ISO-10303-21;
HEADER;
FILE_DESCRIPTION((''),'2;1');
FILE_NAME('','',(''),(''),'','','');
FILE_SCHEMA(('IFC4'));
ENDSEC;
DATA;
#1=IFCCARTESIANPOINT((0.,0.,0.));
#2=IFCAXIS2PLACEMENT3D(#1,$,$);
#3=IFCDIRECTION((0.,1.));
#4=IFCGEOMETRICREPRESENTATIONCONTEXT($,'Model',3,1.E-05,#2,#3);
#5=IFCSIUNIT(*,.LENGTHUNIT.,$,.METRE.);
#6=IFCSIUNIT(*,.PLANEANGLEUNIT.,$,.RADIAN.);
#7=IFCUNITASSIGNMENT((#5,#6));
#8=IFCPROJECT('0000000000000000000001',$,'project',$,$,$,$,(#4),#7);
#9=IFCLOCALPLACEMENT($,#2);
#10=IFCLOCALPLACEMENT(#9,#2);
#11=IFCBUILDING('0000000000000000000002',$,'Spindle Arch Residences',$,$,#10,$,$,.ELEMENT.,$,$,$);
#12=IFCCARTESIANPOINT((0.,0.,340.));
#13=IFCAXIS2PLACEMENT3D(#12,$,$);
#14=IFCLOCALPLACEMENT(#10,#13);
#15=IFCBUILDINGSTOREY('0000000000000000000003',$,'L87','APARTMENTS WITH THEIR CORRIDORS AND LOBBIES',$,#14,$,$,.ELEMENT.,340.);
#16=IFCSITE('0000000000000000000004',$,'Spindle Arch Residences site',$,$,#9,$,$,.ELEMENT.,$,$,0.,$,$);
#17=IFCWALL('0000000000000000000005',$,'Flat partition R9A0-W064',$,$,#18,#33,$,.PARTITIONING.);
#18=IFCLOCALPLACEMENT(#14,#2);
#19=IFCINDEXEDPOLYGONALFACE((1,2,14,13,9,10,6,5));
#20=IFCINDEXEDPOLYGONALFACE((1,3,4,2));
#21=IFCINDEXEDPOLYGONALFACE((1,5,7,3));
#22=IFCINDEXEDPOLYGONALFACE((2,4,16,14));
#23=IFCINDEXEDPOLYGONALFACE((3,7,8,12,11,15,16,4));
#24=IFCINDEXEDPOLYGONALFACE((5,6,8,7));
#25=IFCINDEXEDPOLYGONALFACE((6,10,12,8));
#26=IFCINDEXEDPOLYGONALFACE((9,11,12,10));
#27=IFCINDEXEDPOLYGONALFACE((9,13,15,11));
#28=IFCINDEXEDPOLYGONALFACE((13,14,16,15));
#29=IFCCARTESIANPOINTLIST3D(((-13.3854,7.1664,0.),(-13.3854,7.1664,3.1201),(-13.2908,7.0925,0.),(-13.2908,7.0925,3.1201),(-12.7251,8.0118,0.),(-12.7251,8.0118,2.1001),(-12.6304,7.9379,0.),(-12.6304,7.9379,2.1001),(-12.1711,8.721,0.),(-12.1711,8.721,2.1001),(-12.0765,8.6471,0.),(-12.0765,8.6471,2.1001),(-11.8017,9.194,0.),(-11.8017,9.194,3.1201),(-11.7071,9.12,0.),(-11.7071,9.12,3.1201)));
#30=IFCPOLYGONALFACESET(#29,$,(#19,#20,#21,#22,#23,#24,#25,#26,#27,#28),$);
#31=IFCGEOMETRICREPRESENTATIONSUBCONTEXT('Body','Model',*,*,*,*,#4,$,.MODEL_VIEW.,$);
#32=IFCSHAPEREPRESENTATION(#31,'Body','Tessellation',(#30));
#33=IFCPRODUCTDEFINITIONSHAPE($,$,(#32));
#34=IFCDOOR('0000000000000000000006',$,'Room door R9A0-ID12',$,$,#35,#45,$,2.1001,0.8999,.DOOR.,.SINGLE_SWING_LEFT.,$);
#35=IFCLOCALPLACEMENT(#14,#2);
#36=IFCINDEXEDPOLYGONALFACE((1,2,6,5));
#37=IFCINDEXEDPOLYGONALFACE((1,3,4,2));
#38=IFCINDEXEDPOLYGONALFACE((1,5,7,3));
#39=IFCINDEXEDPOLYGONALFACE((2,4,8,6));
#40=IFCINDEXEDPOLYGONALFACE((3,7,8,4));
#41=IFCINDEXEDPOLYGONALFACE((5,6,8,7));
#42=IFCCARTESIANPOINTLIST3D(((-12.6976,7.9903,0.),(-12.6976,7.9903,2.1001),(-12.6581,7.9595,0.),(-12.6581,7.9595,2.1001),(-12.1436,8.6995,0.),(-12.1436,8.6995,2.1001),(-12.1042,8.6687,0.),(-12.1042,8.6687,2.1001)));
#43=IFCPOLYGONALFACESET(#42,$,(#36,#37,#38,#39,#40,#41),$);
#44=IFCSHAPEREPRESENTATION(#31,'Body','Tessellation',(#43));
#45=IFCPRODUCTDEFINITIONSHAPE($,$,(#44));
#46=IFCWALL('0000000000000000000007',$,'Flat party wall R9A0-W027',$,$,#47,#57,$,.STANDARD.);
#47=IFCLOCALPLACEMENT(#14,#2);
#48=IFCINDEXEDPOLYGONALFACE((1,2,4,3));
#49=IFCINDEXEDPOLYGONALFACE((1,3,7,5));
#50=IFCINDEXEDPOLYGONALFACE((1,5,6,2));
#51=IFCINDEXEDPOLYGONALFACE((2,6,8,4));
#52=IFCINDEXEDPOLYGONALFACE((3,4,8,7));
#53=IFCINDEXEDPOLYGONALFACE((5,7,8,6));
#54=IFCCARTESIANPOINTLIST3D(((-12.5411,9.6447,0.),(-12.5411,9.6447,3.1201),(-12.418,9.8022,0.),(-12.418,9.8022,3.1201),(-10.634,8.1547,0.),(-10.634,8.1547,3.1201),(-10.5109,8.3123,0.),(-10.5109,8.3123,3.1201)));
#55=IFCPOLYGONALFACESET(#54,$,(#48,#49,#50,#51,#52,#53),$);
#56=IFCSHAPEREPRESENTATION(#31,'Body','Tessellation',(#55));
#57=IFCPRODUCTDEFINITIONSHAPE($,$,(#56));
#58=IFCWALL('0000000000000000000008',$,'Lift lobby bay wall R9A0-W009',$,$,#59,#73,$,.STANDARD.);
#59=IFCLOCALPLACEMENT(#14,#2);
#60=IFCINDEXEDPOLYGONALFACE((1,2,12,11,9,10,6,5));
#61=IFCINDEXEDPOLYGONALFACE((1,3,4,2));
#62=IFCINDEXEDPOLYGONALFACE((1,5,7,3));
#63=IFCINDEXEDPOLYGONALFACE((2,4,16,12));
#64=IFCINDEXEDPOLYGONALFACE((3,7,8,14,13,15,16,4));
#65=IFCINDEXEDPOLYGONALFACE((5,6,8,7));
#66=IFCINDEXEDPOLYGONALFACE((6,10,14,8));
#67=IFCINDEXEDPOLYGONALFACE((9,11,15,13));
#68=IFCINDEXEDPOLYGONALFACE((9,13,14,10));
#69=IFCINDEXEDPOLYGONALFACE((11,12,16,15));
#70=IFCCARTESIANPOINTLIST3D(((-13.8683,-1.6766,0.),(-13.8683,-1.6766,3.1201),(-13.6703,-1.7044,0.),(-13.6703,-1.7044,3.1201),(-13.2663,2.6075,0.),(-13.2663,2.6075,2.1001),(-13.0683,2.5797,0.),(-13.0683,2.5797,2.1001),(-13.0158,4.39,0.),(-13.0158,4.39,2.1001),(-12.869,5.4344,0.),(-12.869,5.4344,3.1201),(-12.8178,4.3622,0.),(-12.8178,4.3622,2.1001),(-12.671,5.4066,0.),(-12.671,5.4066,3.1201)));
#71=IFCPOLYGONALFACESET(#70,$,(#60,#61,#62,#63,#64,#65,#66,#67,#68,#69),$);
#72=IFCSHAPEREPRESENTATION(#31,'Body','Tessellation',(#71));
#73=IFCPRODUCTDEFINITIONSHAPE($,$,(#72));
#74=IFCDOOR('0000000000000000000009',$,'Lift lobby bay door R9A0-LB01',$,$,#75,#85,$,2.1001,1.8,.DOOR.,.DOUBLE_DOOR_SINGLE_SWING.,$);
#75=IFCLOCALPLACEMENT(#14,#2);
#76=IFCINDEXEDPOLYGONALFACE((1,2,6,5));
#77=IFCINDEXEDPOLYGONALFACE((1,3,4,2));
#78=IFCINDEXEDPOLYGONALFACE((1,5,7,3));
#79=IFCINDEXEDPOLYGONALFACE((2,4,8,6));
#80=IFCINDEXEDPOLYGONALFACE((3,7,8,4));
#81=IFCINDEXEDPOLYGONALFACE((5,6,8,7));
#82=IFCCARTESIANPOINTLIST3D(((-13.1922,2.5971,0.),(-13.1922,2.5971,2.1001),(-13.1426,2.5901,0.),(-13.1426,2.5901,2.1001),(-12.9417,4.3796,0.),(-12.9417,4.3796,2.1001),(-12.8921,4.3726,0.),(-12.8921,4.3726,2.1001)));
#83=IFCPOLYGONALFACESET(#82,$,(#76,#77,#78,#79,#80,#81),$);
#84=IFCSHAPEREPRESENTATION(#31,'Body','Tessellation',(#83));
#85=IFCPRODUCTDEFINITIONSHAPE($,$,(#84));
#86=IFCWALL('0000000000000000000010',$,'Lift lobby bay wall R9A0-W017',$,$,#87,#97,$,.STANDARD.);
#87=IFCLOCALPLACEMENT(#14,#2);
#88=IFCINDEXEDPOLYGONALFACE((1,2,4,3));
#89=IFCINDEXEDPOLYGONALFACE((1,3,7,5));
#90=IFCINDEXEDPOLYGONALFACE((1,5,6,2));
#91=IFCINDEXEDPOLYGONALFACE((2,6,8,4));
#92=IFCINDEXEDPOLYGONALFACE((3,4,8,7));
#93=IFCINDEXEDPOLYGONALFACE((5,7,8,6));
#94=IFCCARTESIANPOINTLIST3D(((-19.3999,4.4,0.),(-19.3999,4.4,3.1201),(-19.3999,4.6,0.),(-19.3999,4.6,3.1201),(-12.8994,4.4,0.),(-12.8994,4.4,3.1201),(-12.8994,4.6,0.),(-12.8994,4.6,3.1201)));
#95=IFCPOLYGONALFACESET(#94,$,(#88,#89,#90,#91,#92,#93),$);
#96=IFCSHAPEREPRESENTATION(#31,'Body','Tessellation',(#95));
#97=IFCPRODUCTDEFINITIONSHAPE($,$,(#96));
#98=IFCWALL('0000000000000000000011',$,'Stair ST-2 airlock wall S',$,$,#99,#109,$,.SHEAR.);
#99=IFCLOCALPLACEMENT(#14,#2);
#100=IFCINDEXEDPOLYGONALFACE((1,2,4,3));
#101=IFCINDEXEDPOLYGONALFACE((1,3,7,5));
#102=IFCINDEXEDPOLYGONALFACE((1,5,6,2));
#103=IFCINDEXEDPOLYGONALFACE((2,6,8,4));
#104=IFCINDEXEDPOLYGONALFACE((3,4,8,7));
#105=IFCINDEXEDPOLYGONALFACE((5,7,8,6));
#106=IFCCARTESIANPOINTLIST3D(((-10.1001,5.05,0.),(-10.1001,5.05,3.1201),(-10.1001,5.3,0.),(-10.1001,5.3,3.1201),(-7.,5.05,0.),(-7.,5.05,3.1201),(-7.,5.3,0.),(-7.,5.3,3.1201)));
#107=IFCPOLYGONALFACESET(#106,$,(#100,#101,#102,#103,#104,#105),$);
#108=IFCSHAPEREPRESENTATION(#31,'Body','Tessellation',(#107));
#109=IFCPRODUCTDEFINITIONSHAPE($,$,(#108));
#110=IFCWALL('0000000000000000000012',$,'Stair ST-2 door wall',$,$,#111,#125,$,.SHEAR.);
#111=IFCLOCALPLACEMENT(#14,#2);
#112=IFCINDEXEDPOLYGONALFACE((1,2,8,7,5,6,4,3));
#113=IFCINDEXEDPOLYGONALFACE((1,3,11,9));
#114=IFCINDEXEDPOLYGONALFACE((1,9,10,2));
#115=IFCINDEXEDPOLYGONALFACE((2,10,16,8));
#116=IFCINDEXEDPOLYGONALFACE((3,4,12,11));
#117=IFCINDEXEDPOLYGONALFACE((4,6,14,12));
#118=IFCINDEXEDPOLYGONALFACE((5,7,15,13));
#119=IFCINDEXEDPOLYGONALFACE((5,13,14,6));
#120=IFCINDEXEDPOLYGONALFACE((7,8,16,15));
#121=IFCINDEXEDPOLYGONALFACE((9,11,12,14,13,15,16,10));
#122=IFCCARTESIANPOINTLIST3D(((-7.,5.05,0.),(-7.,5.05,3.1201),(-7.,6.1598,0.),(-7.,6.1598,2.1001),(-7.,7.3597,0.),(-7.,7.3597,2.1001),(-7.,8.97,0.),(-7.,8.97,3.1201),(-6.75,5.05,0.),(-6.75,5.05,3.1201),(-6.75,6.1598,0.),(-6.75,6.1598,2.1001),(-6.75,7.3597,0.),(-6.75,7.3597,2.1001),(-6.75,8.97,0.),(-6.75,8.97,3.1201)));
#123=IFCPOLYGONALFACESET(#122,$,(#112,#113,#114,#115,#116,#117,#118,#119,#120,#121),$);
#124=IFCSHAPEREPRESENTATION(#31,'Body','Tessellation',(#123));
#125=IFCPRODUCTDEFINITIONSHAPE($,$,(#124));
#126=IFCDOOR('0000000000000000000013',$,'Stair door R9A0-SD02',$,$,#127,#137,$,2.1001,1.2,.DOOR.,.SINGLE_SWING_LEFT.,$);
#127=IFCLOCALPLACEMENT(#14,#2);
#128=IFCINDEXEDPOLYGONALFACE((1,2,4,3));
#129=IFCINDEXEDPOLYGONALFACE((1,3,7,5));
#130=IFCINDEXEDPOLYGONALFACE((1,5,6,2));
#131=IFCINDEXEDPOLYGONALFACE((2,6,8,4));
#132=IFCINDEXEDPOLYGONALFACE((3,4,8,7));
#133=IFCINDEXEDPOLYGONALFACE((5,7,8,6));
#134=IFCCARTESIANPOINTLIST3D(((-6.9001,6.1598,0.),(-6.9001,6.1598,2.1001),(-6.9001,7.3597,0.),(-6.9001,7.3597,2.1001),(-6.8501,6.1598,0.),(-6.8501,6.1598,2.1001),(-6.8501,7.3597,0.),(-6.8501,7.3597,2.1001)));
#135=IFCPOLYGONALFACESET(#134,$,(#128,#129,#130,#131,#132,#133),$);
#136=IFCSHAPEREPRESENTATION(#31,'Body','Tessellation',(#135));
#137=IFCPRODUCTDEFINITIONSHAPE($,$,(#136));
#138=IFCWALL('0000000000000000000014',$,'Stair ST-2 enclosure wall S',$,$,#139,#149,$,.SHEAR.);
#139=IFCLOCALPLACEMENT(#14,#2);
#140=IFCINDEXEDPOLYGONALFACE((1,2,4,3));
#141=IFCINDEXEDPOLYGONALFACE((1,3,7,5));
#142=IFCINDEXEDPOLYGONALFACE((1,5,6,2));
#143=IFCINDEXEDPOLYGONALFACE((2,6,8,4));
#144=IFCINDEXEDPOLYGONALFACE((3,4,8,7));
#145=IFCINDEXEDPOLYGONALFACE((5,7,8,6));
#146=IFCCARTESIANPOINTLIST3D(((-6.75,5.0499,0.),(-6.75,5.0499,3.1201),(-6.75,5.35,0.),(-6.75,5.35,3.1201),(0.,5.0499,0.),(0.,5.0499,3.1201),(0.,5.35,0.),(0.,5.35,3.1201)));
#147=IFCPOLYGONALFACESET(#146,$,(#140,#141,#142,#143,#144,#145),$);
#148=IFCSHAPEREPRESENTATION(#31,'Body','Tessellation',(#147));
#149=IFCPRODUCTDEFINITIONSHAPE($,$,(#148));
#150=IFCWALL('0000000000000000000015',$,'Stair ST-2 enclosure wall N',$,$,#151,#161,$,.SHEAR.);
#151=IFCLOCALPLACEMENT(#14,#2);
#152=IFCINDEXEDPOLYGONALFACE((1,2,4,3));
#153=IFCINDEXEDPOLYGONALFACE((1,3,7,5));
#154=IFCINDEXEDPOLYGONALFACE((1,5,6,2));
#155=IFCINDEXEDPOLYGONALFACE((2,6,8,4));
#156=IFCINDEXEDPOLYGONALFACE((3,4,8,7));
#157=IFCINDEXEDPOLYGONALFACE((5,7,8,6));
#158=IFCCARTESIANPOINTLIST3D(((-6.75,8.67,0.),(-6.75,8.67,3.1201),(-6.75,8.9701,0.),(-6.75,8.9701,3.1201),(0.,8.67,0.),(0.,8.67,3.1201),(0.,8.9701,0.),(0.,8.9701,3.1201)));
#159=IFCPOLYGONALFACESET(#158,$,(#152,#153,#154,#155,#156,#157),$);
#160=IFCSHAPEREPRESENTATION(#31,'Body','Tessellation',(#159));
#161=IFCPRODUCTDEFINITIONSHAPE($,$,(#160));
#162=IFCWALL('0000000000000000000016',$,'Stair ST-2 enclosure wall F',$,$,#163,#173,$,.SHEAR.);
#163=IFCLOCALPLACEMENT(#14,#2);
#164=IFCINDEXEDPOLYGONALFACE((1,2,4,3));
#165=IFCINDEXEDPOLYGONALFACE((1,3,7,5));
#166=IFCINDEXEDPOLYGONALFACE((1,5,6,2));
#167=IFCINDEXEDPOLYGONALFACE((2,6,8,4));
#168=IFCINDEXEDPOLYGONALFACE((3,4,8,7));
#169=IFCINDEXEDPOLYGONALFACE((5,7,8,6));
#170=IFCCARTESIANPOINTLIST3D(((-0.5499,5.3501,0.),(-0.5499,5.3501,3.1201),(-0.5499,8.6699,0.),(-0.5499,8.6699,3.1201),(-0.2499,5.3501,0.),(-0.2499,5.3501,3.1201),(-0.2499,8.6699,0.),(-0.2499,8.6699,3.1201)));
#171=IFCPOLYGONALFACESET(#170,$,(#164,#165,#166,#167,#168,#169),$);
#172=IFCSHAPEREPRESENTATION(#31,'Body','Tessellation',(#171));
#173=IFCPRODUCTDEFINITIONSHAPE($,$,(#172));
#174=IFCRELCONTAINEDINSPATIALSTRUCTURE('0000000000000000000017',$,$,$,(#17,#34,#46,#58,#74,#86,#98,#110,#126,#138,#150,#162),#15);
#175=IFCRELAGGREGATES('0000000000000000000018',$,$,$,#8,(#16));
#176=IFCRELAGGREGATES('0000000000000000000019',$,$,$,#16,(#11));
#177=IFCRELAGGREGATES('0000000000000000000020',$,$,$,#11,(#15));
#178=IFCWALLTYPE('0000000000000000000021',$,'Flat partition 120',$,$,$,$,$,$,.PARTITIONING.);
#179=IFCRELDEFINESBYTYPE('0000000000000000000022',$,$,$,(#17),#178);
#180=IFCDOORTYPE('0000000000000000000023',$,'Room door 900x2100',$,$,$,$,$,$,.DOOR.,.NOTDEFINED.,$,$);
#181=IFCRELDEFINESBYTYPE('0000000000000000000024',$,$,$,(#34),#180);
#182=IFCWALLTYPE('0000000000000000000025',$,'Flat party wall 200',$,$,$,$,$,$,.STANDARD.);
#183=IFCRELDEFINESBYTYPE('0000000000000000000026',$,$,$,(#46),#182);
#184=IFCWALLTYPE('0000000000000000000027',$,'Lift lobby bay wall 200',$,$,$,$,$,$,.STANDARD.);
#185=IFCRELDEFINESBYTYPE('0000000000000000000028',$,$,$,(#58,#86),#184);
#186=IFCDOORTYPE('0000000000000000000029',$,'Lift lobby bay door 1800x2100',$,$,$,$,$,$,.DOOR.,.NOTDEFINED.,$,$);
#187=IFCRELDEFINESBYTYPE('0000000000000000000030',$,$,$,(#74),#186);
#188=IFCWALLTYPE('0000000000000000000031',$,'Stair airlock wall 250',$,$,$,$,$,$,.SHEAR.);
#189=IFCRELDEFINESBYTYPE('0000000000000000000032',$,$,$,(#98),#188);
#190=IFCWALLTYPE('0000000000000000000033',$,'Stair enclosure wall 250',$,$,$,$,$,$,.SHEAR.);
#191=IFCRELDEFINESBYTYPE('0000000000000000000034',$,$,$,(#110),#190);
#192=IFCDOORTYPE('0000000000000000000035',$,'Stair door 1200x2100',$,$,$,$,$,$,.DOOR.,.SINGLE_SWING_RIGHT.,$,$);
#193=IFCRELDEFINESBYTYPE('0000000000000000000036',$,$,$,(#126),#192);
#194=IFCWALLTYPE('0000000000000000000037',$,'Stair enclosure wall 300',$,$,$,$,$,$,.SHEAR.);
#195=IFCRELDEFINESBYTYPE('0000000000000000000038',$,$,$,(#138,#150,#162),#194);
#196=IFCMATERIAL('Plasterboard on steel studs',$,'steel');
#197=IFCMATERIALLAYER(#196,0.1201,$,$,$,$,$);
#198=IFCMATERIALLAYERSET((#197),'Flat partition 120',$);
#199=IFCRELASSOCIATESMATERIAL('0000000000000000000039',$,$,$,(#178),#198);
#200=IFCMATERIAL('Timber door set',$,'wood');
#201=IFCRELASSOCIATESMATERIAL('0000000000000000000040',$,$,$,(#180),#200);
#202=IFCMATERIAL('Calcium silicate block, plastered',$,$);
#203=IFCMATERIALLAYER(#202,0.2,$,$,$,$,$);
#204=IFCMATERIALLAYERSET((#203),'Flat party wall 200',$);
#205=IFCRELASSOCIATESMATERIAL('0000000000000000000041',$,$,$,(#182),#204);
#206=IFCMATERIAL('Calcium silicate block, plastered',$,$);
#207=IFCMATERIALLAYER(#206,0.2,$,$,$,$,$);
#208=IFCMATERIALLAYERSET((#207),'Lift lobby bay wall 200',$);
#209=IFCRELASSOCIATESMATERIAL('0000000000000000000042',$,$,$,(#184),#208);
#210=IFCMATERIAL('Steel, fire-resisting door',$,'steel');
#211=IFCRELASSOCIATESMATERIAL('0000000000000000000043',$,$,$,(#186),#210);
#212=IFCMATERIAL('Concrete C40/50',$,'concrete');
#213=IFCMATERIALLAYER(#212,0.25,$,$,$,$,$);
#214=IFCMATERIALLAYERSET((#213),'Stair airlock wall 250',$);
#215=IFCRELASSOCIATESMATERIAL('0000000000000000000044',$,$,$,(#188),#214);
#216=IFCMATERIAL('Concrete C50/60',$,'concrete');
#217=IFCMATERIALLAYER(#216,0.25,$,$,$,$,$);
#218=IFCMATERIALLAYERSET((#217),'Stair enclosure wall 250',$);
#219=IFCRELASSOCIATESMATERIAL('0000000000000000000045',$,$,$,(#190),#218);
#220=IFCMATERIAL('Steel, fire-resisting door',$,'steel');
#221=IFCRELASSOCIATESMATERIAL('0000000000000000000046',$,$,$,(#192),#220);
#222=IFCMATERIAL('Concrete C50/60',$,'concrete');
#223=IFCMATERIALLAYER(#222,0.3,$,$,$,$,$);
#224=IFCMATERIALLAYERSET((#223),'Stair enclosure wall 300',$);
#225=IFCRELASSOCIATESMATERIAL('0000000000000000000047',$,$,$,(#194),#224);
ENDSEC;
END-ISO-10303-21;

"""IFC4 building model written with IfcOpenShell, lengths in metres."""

from ifc_helpers import new_model, si_unit, direction, frame, frame_2d, origin, place, context, subcontext, project, spatial, rectangle, extrude, material, layer, layer_set, type_object, element, fill, save


model = new_model("IFC4")

# Units and contexts
model_context = context("Model", 3, precision=1e-05, world=origin(), true_north=direction((0.0, 1.0)))
body_context = subcontext(model_context, "Body", "Model", "MODEL_VIEW")
ifc_project = project(units=[si_unit("LENGTHUNIT", "METRE"), si_unit("PLANEANGLEUNIT", "RADIAN")], contexts=[model_context])

# Site, building, storey
site_placement = place(None, origin())
site = spatial("IfcSite", under=ifc_project, at=site_placement, Name="Spindle Arch Residences site", CompositionType="ELEMENT", RefElevation=0.0)
building_placement = place(site_placement, origin())
building = spatial("IfcBuilding", under=site, at=building_placement, Name="Spindle Arch Residences", CompositionType="ELEMENT")
storey_placement = place(building_placement, frame((0.0, 0.0, 340.0)))
storey = spatial("IfcBuildingStorey", under=building, at=storey_placement, Name="L87", Description="APARTMENTS WITH THEIR CORRIDORS AND LOBBIES", CompositionType="ELEMENT", Elevation=340.0)

# Shared definitions
ifc_material_1 = material(Name="Plasterboard on steel studs", Category="steel")
ifc_layer_1 = layer(ifc_material_1, 0.1201)
ifc_layer_set_1 = layer_set([ifc_layer_1], Name="Flat partition 120")
wall_type_1 = type_object("IfcWallType", Name="Flat partition 120", PredefinedType="PARTITIONING", material=ifc_layer_set_1)

# Wall, opening, door
wall_1_placement = place(storey_placement, frame((-11.7544, 9.157, 0.0), z_axis=(0.0, 0.0, 1.0), x_axis=(-0.615569, -0.788083, 0.0)))
wall_1 = element("IfcWall", 1, at=wall_1_placement, inside=storey, type_object=wall_type_1, Name="Flat partition R9A0-W064", PredefinedType="PARTITIONING", context=body_context, shape_type="SweptSolid", body=[
    extrude(rectangle(XDim=2.5728, YDim=0.1201, at=frame_2d((1.2864, 0.0))), origin(), (0.0, 0.0, 1.0), 3.1201),
])
opening_1_placement = place(wall_1_placement, frame((0.6001, 0.0, 0.0)))
opening_1 = element("IfcOpeningElement", 2, at=opening_1_placement, cuts=wall_1, PredefinedType="OPENING", context=body_context, shape_type="SweptSolid", body=[
    extrude(rectangle(XDim=0.8999, YDim=2.1001, at=frame_2d((0.45, 1.05))), frame((0.0, 0.0701, 0.0), z_axis=(0.0, -1.0, 0.0), x_axis=(1.0, 0.0, 0.0)), (0.0, 0.0, 1.0), 0.1401),
])
ifc_material_2 = material(Name="Timber door set", Category="wood")
door_type_1 = type_object("IfcDoorType", Name="Room door 900x2100", OperationType="NOTDEFINED", PredefinedType="DOOR", material=ifc_material_2)
door_1_placement = place(opening_1_placement, origin())
door_1 = element("IfcDoor", 3, at=door_1_placement, inside=storey, type_object=door_type_1, Name="Room door R9A0-ID12", OperationType="SINGLE_SWING_LEFT", OverallHeight=2.1001, OverallWidth=0.8999, PredefinedType="DOOR", context=body_context, shape_type="SweptSolid", body=[
    extrude(rectangle(XDim=0.8999, YDim=2.1001, at=frame_2d((0.45, 1.05))), frame((0.0, 0.0249, 0.0), z_axis=(0.0, -1.0, 0.0), x_axis=(1.0, 0.0, 0.0)), (0.0, 0.0, 1.0), 0.05),
])
fill(opening_1, door_1)

# Wall
ifc_material_3 = material(Name="Calcium silicate block, plastered")
ifc_layer_2 = layer(ifc_material_3, 0.2)
ifc_layer_set_2 = layer_set([ifc_layer_2], Name="Flat party wall 200")
wall_type_2 = type_object("IfcWallType", Name="Flat party wall 200", PredefinedType="STANDARD", material=ifc_layer_set_2)
wall_2_placement = place(storey_placement, frame((-12.4795, 9.7234, 0.0), z_axis=(0.0, 0.0, 1.0), x_axis=(0.78803, -0.615636, 0.0)))
element("IfcWall", 4, at=wall_2_placement, inside=storey, type_object=wall_type_2, Name="Flat party wall R9A0-W027", PredefinedType="STANDARD", context=body_context, shape_type="SweptSolid", body=[
    extrude(rectangle(XDim=2.4202, YDim=0.2, at=frame_2d((1.21, 0.0))), origin(), (0.0, 0.0, 1.0), 3.1201),
])

# Wall, opening, door
ifc_material_4 = material(Name="Calcium silicate block, plastered")
ifc_layer_3 = layer(ifc_material_4, 0.2)
ifc_layer_set_3 = layer_set([ifc_layer_3], Name="Lift lobby bay wall 200")
wall_type_3 = type_object("IfcWallType", Name="Lift lobby bay wall 200", PredefinedType="STANDARD", material=ifc_layer_set_3)
wall_3_placement = place(storey_placement, frame((-12.77, 5.4204, 0.0), z_axis=(0.0, 0.0, 1.0), x_axis=(-0.139155, -0.990271, 0.0)))
wall_3 = element("IfcWall", 5, at=wall_3_placement, inside=storey, type_object=wall_type_3, Name="Lift lobby bay wall R9A0-W009", PredefinedType="STANDARD", context=body_context, shape_type="SweptSolid", body=[
    extrude(rectangle(XDim=7.1809, YDim=0.2, at=frame_2d((3.5903, 0.0))), origin(), (0.0, 0.0, 1.0), 3.1201),
])
opening_2_placement = place(wall_3_placement, frame((1.0547, 0.0, 0.0)))
opening_2 = element("IfcOpeningElement", 6, at=opening_2_placement, cuts=wall_3, PredefinedType="OPENING", context=body_context, shape_type="SweptSolid", body=[
    extrude(rectangle(XDim=1.8, YDim=2.1001, at=frame_2d((0.8999, 1.05))), frame((0.0, 0.1099, 0.0), z_axis=(0.0, -1.0, 0.0), x_axis=(1.0, 0.0, 0.0)), (0.0, 0.0, 1.0), 0.22),
])
ifc_material_5 = material(Name="Steel, fire-resisting door", Category="steel")
door_type_2 = type_object("IfcDoorType", Name="Lift lobby bay door 1800x2100", OperationType="NOTDEFINED", PredefinedType="DOOR", material=ifc_material_5)
door_2_placement = place(opening_2_placement, origin())
door_2 = element("IfcDoor", 7, at=door_2_placement, inside=storey, type_object=door_type_2, Name="Lift lobby bay door R9A0-LB01", OperationType="DOUBLE_DOOR_SINGLE_SWING", OverallHeight=2.1001, OverallWidth=1.8, PredefinedType="DOOR", context=body_context, shape_type="SweptSolid", body=[
    extrude(rectangle(XDim=1.8, YDim=2.1001, at=frame_2d((0.8999, 1.05))), frame((0.0, 0.0249, 0.0), z_axis=(0.0, -1.0, 0.0), x_axis=(1.0, 0.0, 0.0)), (0.0, 0.0, 1.0), 0.05),
])
fill(opening_2, door_2)

# Walls
wall_4_placement = place(storey_placement, frame((-12.8994, 4.5, 0.0), z_axis=(0.0, 0.0, 1.0), x_axis=(-1.0, 0.0, 0.0)))
element("IfcWall", 8, at=wall_4_placement, inside=storey, type_object=wall_type_3, Name="Lift lobby bay wall R9A0-W017", PredefinedType="STANDARD", context=body_context, shape_type="SweptSolid", body=[
    extrude(rectangle(XDim=6.5005, YDim=0.2, at=frame_2d((3.2502, 0.0))), origin(), (0.0, 0.0, 1.0), 3.1201),
])
ifc_material_6 = material(Name="Concrete C40/50", Category="concrete")
ifc_layer_4 = layer(ifc_material_6, 0.25)
ifc_layer_set_4 = layer_set([ifc_layer_4], Name="Stair airlock wall 250")
wall_type_4 = type_object("IfcWallType", Name="Stair airlock wall 250", PredefinedType="SHEAR", material=ifc_layer_set_4)
wall_5_placement = place(storey_placement, frame((-7.0, 5.175, 0.0), z_axis=(0.0, 0.0, 1.0), x_axis=(-1.0, 0.0, 0.0)))
element("IfcWall", 9, at=wall_5_placement, inside=storey, type_object=wall_type_4, Name="Stair ST-2 airlock wall S", PredefinedType="SHEAR", context=body_context, shape_type="SweptSolid", body=[
    extrude(rectangle(XDim=3.1001, YDim=0.25, at=frame_2d((1.55, 0.0))), origin(), (0.0, 0.0, 1.0), 3.1201),
])

# Wall, opening, door
ifc_material_7 = material(Name="Concrete C50/60", Category="concrete")
ifc_layer_5 = layer(ifc_material_7, 0.25)
ifc_layer_set_5 = layer_set([ifc_layer_5], Name="Stair enclosure wall 250")
wall_type_5 = type_object("IfcWallType", Name="Stair enclosure wall 250", PredefinedType="SHEAR", material=ifc_layer_set_5)
wall_6_placement = place(storey_placement, frame((-6.875, 8.97, 0.0), z_axis=(0.0, 0.0, 1.0), x_axis=(0.0, -1.0, 0.0)))
wall_6 = element("IfcWall", 10, at=wall_6_placement, inside=storey, type_object=wall_type_5, Name="Stair ST-2 door wall", PredefinedType="SHEAR", context=body_context, shape_type="SweptSolid", body=[
    extrude(rectangle(XDim=3.9199, YDim=0.25, at=frame_2d((1.96, 0.0))), origin(), (0.0, 0.0, 1.0), 3.1201),
])
opening_3_placement = place(wall_6_placement, frame((1.6101, 0.0, 0.0)))
opening_3 = element("IfcOpeningElement", 11, at=opening_3_placement, cuts=wall_6, PredefinedType="OPENING", context=body_context, shape_type="SweptSolid", body=[
    extrude(rectangle(XDim=1.2, YDim=2.1001, at=frame_2d((0.6001, 1.05))), frame((0.0, 0.135, 0.0), z_axis=(0.0, -1.0, 0.0), x_axis=(1.0, 0.0, 0.0)), (0.0, 0.0, 1.0), 0.27),
])
ifc_material_8 = material(Name="Steel, fire-resisting door", Category="steel")
door_type_3 = type_object("IfcDoorType", Name="Stair door 1200x2100", OperationType="SINGLE_SWING_RIGHT", PredefinedType="DOOR", material=ifc_material_8)
door_3_placement = place(opening_3_placement, origin())
door_3 = element("IfcDoor", 12, at=door_3_placement, inside=storey, type_object=door_type_3, Name="Stair door R9A0-SD02", OperationType="SINGLE_SWING_LEFT", OverallHeight=2.1001, OverallWidth=1.2, PredefinedType="DOOR", context=body_context, shape_type="SweptSolid", body=[
    extrude(rectangle(XDim=1.2, YDim=2.1001, at=frame_2d((0.6001, 1.05))), frame((0.0, 0.0249, 0.0), z_axis=(0.0, -1.0, 0.0), x_axis=(1.0, 0.0, 0.0)), (0.0, 0.0, 1.0), 0.05),
])
fill(opening_3, door_3)

# Walls
ifc_material_9 = material(Name="Concrete C50/60", Category="concrete")
ifc_layer_6 = layer(ifc_material_9, 0.3)
ifc_layer_set_6 = layer_set([ifc_layer_6], Name="Stair enclosure wall 300")
wall_type_6 = type_object("IfcWallType", Name="Stair enclosure wall 300", PredefinedType="SHEAR", material=ifc_layer_set_6)
for number, where, z_axis, x_axis, name in (
    (13, (-6.75, 5.2, 0.0), (0.0, 0.0, 1.0), (1.0, 0.0, 0.0), "Stair ST-2 enclosure wall S"),
    (14, (-6.75, 8.8201, 0.0), (0.0, 0.0, 1.0), (1.0, 0.0, 0.0), "Stair ST-2 enclosure wall N"),
):
    element("IfcWall", number, at=place(storey_placement, frame(where, z_axis=z_axis, x_axis=x_axis)), inside=storey, type_object=wall_type_6, Name=name, PredefinedType="SHEAR", context=body_context, shape_type="SweptSolid", body=[
        extrude(rectangle(XDim=6.75, YDim=0.3, at=frame_2d((3.375, 0.0))), origin(), (0.0, 0.0, 1.0), 3.1201),
    ])
wall_7_placement = place(storey_placement, frame((-0.3999, 5.3501, 0.0), z_axis=(0.0, 0.0, 1.0), x_axis=(0.0, 1.0, 0.0)))
element("IfcWall", 15, at=wall_7_placement, inside=storey, type_object=wall_type_6, Name="Stair ST-2 enclosure wall F", PredefinedType="SHEAR", context=body_context, shape_type="SweptSolid", body=[
    extrude(rectangle(XDim=3.3198, YDim=0.3, at=frame_2d((1.6599, 0.0))), origin(), (0.0, 0.0, 1.0), 3.1201),
])

save(model, "model.ifc")
